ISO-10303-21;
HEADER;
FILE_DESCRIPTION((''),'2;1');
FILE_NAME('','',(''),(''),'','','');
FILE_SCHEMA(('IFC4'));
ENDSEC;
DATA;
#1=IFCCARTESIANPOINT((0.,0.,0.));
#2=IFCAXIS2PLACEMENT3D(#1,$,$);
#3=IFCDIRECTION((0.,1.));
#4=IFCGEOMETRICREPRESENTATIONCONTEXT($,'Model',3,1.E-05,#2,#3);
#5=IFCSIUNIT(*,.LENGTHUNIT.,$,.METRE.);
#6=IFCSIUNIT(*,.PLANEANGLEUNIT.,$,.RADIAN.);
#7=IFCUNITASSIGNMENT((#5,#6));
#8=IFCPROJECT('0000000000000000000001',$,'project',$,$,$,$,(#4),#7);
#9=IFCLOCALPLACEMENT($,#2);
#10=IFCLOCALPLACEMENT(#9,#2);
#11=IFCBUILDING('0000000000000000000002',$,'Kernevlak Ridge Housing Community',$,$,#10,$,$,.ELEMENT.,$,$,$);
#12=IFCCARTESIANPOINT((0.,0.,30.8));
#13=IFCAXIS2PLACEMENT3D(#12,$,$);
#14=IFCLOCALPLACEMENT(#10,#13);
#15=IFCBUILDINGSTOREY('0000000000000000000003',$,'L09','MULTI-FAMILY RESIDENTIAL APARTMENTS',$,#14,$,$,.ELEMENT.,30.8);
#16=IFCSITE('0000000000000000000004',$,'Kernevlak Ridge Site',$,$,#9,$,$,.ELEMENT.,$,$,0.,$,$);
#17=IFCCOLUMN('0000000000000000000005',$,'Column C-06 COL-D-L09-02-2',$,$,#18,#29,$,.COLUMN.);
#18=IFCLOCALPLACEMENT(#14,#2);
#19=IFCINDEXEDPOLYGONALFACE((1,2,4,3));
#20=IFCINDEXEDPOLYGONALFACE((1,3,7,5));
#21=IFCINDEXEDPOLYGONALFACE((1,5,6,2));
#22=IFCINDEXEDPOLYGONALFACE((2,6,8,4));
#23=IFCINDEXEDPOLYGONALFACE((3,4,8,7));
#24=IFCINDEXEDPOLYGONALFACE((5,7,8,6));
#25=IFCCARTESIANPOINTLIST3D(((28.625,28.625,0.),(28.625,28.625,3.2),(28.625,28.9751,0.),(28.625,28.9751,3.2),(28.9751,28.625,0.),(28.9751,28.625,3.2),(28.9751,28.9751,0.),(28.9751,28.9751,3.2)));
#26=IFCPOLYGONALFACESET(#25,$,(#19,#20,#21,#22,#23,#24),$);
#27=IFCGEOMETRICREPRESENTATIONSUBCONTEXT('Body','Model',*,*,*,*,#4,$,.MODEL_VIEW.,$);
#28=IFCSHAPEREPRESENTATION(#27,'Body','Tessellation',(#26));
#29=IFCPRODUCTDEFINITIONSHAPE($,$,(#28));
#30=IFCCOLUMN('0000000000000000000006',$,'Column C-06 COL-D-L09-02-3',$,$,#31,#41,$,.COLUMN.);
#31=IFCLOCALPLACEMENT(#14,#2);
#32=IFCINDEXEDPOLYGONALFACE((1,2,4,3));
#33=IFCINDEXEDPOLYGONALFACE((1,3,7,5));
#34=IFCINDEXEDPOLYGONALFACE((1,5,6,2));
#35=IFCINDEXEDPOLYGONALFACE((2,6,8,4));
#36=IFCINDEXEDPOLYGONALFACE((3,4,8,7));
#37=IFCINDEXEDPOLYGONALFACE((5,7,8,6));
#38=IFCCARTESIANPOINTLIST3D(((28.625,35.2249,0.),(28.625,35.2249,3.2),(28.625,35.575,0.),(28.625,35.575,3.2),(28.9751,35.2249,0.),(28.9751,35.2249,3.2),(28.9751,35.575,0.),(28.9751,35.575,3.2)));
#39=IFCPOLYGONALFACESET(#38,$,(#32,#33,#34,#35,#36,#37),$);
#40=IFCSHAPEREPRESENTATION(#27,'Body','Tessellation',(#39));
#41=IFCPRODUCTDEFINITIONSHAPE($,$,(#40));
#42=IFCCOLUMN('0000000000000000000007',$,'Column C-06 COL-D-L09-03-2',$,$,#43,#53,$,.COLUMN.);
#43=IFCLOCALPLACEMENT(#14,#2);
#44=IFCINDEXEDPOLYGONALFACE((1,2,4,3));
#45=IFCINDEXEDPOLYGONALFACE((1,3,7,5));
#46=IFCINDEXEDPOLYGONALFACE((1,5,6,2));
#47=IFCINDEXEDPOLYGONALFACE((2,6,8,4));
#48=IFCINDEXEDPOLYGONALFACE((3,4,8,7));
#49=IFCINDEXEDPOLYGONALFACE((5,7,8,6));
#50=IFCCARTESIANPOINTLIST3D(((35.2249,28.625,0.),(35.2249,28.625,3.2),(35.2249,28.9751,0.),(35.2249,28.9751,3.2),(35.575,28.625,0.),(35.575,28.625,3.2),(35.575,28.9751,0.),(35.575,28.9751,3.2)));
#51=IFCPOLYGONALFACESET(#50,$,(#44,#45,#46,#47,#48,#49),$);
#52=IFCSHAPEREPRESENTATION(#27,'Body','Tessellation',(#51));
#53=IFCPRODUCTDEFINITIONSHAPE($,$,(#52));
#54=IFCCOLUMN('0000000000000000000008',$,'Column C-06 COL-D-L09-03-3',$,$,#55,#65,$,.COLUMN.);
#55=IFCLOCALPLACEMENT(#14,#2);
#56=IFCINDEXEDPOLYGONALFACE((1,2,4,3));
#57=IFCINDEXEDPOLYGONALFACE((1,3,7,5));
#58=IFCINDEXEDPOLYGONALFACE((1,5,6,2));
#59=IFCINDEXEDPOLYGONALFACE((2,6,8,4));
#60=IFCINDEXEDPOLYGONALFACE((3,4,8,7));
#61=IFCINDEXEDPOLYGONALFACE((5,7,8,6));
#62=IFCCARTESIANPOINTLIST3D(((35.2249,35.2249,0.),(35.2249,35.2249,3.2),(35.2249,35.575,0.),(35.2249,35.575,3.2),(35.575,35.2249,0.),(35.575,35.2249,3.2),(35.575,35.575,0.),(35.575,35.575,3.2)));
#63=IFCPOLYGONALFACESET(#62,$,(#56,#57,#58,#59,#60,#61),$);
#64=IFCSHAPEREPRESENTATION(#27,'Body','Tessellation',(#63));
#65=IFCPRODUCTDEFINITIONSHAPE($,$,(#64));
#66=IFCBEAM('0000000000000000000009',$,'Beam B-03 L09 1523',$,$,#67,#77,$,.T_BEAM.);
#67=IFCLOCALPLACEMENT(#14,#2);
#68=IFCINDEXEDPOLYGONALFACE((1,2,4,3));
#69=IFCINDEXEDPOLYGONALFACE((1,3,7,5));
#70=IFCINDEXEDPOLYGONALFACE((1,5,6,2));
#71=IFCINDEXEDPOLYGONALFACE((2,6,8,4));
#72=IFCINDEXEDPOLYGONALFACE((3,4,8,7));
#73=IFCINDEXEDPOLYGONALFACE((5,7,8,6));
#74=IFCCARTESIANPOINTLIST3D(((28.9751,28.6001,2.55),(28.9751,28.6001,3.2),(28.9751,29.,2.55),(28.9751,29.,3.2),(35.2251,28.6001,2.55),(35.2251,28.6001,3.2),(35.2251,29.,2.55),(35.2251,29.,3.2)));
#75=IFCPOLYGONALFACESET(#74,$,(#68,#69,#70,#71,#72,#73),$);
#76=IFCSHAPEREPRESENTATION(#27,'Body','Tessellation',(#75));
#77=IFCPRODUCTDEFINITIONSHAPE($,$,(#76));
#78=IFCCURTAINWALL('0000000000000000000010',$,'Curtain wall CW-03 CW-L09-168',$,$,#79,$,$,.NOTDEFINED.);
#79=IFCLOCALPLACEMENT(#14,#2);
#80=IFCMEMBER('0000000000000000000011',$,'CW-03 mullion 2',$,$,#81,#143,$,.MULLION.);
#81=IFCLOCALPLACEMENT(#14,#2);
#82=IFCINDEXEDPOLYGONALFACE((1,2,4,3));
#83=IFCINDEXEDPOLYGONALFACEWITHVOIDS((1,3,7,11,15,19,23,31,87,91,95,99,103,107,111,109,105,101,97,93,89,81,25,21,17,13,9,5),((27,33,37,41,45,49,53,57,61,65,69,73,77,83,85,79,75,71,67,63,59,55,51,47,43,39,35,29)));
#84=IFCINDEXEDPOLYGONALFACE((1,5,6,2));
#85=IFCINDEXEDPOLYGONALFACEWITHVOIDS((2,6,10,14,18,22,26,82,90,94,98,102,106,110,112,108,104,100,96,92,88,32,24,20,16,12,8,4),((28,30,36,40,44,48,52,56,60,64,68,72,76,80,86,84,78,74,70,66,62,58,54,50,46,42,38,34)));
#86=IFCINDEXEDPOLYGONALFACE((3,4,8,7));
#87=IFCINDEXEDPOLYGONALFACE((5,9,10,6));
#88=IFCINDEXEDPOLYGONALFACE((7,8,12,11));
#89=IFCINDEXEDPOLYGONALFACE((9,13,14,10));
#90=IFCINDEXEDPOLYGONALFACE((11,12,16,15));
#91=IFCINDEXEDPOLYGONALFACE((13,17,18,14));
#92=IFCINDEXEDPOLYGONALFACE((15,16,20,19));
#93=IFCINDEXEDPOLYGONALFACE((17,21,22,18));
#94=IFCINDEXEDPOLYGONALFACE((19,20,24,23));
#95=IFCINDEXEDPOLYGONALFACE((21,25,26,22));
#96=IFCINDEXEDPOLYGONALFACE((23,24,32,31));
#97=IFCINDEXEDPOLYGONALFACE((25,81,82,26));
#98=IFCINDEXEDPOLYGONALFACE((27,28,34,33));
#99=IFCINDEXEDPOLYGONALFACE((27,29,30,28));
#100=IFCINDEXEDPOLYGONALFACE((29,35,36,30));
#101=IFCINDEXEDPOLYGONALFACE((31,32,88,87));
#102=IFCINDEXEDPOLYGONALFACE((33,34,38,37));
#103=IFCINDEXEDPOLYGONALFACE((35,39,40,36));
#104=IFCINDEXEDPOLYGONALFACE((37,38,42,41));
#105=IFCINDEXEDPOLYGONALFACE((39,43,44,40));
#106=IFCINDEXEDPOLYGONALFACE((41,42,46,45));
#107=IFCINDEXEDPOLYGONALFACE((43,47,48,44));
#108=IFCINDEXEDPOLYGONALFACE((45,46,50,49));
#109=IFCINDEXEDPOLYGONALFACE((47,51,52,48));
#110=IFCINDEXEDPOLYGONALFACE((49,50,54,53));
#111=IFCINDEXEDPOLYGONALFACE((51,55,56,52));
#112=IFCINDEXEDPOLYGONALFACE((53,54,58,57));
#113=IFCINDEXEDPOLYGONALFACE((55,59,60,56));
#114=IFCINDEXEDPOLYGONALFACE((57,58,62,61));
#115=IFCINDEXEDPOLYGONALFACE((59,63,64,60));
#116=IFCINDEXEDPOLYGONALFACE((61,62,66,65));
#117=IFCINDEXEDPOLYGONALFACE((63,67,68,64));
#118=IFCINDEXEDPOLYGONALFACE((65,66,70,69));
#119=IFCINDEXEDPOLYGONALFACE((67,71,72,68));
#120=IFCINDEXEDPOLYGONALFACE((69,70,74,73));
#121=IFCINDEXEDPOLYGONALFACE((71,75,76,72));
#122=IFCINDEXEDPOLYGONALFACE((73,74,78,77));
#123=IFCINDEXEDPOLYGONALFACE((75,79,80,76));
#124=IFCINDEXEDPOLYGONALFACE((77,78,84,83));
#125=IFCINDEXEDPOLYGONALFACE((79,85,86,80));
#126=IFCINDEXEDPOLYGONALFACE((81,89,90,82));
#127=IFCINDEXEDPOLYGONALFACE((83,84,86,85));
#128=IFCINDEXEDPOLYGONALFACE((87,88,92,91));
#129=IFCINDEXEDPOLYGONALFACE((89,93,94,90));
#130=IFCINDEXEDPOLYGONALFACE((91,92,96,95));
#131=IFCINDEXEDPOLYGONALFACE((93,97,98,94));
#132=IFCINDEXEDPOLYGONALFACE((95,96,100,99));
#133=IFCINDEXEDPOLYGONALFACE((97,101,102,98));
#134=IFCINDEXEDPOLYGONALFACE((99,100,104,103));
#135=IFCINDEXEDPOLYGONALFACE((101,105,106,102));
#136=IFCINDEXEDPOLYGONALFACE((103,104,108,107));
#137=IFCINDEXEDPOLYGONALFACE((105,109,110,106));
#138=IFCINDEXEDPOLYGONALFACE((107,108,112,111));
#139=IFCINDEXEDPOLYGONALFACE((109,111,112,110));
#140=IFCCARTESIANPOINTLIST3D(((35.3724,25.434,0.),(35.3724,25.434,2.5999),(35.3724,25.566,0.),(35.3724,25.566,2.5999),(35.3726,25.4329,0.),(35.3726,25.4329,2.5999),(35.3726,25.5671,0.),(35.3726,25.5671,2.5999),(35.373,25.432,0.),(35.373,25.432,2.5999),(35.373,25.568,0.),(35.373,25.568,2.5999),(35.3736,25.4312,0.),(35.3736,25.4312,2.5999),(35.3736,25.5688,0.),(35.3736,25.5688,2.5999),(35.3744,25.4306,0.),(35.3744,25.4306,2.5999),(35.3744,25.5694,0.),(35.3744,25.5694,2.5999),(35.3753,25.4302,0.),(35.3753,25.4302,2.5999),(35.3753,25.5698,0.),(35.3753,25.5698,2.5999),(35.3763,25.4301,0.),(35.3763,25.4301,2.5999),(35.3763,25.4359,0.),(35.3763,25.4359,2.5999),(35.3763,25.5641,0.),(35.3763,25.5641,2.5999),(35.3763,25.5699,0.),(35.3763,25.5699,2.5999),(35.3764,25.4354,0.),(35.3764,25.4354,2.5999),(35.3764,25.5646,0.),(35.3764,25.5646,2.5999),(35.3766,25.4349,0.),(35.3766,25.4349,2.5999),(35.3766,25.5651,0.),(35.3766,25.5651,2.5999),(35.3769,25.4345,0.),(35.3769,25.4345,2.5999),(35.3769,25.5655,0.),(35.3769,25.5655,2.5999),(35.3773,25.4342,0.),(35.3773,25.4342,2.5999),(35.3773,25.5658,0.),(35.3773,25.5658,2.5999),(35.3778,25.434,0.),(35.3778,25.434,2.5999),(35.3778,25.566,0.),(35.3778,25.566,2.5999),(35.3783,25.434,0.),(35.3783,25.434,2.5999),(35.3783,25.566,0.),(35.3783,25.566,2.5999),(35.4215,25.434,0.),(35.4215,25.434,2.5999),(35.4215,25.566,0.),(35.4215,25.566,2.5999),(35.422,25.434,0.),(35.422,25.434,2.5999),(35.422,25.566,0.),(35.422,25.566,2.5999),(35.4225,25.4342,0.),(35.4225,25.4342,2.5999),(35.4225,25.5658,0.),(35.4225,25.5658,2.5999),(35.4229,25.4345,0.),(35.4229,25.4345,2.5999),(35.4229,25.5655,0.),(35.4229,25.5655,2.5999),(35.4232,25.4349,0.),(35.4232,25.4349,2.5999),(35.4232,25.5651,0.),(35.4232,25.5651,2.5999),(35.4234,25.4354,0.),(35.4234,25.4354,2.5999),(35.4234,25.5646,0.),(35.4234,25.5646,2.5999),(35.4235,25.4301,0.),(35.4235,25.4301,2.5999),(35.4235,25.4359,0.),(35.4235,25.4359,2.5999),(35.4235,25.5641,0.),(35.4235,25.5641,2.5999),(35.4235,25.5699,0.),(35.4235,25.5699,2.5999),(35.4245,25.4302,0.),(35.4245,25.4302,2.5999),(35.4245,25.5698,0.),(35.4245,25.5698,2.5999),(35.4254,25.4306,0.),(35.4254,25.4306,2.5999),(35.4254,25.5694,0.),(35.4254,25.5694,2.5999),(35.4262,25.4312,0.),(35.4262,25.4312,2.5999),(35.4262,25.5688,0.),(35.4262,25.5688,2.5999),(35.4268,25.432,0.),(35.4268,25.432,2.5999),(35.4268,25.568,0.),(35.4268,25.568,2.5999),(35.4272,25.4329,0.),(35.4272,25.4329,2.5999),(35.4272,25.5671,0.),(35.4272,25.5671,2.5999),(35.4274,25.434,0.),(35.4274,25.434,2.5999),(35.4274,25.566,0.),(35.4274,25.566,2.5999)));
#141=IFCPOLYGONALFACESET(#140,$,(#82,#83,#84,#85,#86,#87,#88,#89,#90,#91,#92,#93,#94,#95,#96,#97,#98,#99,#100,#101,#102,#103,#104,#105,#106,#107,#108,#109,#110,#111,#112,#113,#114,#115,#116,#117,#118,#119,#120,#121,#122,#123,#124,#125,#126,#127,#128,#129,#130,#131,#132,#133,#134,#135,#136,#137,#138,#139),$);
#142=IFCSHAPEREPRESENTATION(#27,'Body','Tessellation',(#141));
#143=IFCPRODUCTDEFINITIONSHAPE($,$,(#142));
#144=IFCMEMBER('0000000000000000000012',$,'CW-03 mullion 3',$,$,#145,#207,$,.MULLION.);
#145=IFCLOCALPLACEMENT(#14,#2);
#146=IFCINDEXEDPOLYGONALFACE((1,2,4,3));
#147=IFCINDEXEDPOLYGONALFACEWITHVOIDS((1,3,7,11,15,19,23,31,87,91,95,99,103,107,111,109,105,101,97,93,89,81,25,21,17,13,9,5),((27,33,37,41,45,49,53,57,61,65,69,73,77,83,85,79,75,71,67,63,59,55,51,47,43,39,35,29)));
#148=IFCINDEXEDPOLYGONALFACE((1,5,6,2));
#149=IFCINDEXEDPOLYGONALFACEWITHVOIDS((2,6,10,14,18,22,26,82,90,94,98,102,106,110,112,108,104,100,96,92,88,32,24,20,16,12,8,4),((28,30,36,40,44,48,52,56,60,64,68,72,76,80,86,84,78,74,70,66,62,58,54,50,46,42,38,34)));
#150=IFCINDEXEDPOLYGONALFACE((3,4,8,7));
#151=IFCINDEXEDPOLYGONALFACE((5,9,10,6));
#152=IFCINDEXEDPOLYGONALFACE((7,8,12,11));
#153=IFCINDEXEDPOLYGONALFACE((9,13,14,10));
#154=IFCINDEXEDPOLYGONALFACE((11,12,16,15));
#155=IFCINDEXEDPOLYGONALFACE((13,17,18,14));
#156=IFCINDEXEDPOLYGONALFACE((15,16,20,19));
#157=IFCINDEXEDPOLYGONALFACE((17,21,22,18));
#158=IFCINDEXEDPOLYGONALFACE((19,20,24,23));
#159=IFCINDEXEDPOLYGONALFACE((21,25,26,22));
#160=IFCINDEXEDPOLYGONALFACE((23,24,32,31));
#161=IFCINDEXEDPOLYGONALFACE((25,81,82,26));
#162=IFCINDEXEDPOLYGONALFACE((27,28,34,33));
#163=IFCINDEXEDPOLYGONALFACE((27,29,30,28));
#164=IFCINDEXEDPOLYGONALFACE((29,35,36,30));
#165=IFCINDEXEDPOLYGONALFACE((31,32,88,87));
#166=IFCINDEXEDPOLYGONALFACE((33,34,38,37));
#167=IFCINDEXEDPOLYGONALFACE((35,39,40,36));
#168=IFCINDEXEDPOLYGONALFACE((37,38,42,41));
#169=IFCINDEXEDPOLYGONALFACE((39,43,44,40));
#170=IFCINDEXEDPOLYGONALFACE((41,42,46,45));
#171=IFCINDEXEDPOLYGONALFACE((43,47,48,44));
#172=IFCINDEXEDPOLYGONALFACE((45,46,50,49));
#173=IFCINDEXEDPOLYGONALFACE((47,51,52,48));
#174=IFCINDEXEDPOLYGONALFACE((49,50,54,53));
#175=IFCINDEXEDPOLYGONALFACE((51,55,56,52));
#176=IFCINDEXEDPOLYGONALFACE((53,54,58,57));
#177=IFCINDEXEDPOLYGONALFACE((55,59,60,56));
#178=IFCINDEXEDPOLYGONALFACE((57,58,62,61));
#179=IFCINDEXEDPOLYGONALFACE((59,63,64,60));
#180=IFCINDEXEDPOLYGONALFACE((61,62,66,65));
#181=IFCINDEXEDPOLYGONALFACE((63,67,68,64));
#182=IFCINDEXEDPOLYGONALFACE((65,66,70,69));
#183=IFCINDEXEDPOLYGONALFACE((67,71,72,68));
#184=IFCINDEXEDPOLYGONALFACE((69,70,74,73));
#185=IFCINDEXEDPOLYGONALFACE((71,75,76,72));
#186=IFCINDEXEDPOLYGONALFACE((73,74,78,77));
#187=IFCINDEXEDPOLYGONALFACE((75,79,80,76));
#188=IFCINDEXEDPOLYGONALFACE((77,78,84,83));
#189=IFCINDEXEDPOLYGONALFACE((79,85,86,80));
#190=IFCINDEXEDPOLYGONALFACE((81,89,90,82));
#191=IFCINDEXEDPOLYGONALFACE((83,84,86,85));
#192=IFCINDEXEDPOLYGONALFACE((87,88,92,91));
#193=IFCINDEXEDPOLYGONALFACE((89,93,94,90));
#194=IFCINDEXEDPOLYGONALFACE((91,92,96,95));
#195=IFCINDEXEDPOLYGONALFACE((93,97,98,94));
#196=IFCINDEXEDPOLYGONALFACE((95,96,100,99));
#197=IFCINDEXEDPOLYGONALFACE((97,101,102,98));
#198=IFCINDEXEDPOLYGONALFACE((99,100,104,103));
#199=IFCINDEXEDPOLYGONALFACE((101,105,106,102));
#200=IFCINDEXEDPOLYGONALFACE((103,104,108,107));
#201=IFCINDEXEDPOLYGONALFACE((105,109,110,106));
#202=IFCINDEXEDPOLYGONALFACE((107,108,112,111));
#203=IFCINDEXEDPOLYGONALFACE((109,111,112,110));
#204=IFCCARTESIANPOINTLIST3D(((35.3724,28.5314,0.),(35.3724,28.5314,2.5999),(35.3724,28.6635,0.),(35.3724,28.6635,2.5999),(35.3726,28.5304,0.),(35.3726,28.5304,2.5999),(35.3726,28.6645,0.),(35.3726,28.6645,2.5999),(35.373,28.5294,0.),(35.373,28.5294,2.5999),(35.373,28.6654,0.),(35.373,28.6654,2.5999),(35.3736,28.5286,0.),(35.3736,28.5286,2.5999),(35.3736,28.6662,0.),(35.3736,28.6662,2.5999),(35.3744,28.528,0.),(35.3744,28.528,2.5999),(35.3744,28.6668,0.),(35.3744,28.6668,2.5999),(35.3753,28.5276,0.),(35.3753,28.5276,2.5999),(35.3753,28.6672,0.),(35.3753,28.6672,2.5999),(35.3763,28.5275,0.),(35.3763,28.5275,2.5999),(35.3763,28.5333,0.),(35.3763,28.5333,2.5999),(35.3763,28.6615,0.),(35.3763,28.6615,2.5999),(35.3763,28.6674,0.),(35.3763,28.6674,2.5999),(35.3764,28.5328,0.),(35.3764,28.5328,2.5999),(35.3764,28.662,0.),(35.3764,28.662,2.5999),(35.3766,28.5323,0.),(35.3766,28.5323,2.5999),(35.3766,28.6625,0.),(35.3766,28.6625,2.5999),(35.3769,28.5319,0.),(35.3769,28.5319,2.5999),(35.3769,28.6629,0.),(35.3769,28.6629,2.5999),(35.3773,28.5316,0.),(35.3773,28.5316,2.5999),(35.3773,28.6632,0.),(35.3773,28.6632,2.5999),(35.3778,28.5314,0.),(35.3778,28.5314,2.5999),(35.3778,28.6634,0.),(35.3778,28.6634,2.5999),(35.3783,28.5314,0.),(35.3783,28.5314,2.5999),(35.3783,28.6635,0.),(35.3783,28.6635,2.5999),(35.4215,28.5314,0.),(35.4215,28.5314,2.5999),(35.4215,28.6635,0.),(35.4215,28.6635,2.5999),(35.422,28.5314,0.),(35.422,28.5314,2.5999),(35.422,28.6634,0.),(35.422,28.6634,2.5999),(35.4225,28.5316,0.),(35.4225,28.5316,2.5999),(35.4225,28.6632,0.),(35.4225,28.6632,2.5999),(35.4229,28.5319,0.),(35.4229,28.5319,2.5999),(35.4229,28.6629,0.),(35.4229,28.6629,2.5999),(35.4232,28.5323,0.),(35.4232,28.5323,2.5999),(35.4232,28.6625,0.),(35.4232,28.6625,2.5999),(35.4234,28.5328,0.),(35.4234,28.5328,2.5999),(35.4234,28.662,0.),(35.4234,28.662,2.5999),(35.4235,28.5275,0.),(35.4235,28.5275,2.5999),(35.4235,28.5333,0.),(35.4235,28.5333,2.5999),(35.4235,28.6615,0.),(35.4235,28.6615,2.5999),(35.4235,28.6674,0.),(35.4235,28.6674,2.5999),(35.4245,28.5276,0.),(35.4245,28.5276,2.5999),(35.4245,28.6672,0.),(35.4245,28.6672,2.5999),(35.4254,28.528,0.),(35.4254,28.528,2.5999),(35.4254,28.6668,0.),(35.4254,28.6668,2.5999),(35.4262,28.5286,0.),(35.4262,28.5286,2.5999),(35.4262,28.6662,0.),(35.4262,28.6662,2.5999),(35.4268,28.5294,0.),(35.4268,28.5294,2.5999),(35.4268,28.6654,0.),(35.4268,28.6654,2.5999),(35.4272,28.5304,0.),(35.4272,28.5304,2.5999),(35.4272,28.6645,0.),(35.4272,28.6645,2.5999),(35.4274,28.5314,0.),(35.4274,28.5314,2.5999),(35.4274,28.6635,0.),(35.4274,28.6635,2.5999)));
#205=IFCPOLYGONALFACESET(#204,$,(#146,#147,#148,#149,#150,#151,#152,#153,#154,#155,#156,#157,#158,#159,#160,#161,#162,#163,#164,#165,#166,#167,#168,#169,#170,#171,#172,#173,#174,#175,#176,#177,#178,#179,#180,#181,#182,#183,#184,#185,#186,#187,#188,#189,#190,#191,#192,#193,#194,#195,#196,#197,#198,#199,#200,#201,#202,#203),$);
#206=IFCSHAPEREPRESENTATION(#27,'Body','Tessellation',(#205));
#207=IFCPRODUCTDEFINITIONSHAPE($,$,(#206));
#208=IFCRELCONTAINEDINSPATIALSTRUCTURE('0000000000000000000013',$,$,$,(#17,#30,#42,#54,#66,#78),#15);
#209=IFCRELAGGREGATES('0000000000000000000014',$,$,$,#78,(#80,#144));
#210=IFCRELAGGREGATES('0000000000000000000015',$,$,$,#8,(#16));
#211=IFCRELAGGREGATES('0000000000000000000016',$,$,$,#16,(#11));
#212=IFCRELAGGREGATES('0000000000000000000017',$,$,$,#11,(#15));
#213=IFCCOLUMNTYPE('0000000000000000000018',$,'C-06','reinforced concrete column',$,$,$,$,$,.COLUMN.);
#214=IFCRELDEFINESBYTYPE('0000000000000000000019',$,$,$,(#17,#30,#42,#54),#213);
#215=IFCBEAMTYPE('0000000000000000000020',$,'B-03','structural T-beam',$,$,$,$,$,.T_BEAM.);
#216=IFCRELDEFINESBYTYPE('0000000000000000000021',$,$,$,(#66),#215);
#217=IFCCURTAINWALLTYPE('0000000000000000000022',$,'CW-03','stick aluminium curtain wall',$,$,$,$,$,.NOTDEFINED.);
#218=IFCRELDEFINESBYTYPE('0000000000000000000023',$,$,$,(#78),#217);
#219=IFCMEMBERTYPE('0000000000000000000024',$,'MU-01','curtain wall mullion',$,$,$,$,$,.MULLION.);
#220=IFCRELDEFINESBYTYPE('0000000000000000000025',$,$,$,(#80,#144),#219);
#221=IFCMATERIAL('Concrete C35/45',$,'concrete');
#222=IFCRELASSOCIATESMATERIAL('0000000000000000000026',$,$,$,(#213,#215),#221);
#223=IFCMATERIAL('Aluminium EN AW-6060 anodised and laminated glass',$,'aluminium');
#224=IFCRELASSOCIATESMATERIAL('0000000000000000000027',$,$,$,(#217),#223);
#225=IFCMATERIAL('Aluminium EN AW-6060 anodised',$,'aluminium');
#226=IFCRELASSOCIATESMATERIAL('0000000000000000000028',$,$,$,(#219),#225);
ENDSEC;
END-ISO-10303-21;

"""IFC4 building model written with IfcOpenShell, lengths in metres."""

from ifc_helpers import new_model, si_unit, direction, frame, origin, origin_2d, place, context, subcontext, project, spatial, rectangle, hollow_rectangle, extrude, material, material_profile, profile_set, type_object, element, aggregate, save


model = new_model("IFC4")

# Units and contexts
model_context = context("Model", 3, precision=1e-05, world=origin(), true_north=direction((0.0, 1.0)))
body_context = subcontext(model_context, "Body", "Model", "MODEL_VIEW")
ifc_project = project(units=[si_unit("LENGTHUNIT", "METRE"), si_unit("PLANEANGLEUNIT", "RADIAN")], contexts=[model_context])

# Site, building, storey
site_placement = place(None, origin())
site = spatial("IfcSite", under=ifc_project, at=site_placement, Name="Kernevlak Ridge Site", CompositionType="ELEMENT", RefElevation=0.0)
building_placement = place(site_placement, origin())
building = spatial("IfcBuilding", under=site, at=building_placement, Name="Kernevlak Ridge Housing Community", CompositionType="ELEMENT")
storey_placement = place(building_placement, frame((0.0, 0.0, 30.8)))
storey = spatial("IfcBuildingStorey", under=building, at=storey_placement, Name="L09", Description="MULTI-FAMILY RESIDENTIAL APARTMENTS", CompositionType="ELEMENT", Elevation=30.8)

# Columns
ifc_material_1 = material(Name="Concrete C35/45", Category="concrete")
ifc_material_profile_1 = material_profile(ifc_material_1, rectangle(XDim=0.3501, YDim=0.3501, at=origin_2d()), Name="RC 350x350")
ifc_profile_set_1 = profile_set([ifc_material_profile_1], Name="Concrete C35/45")
column_type = type_object("IfcColumnType", Name="C-06", Description="reinforced concrete column", PredefinedType="COLUMN", material=ifc_profile_set_1)
for number, where, z_axis, x_axis, name in (
    (1, (28.8, 28.8, 0.0), (0.0, 0.0, 1.0), (1.0, 0.0, 0.0), "Column C-06 COL-D-L09-02-2"),
    (2, (28.8, 35.3999, 0.0), (0.0, 0.0, 1.0), (1.0, 0.0, 0.0), "Column C-06 COL-D-L09-02-3"),
    (3, (35.3999, 28.8, 0.0), (0.0, 0.0, 1.0), (1.0, 0.0, 0.0), "Column C-06 COL-D-L09-03-2"),
    (4, (35.3999, 35.3999, 0.0), (0.0, 0.0, 1.0), (1.0, 0.0, 0.0), "Column C-06 COL-D-L09-03-3"),
):
    element("IfcColumn", number, at=place(storey_placement, frame(where, z_axis=z_axis, x_axis=x_axis)), inside=storey, type_object=column_type, Name=name, PredefinedType="COLUMN", context=body_context, shape_type="SweptSolid", body=[
        extrude(rectangle(XDim=0.3501, YDim=0.3501, at=origin_2d()), origin(), (0.0, 0.0, 1.0), 3.2),
    ])

# Beam
ifc_material_profile_2 = material_profile(ifc_material_1, rectangle(XDim=0.3999, YDim=0.6499, at=origin_2d()), Name="RC 400x650")
ifc_profile_set_2 = profile_set([ifc_material_profile_2], Name="Concrete C35/45")
beam_type_1 = type_object("IfcBeamType", Name="B-03", Description="structural T-beam", PredefinedType="T_BEAM", material=ifc_profile_set_2)
beam_1_placement = place(storey_placement, frame((28.9751, 28.8, 2.875), z_axis=(1.0, 0.0, 0.0), x_axis=(0.0, 1.0, 0.0)))
element("IfcBeam", 5, at=beam_1_placement, inside=storey, type_object=beam_type_1, Name="Beam B-03 L09 1523", PredefinedType="T_BEAM", context=body_context, shape_type="SweptSolid", body=[
    extrude(rectangle(XDim=0.3999, YDim=0.6499, at=origin_2d()), origin(), (0.0, 0.0, 1.0), 6.25),
])

# Curtain wall, members
ifc_material_2 = material(Name="Aluminium EN AW-6060 anodised and laminated glass", Category="aluminium")
curtain_wall_type = type_object("IfcCurtainWallType", Name="CW-03", Description="stick aluminium curtain wall", PredefinedType="NOTDEFINED", material=ifc_material_2)
curtain_wall_placement = place(storey_placement, origin())
curtain_wall = element("IfcCurtainWall", 6, at=curtain_wall_placement, inside=storey, type_object=curtain_wall_type, Name="Curtain wall CW-03 CW-L09-168", PredefinedType="NOTDEFINED")
ifc_material_3 = material(Name="Aluminium EN AW-6060 anodised", Category="aluminium")
ifc_material_profile_3 = material_profile(ifc_material_3, hollow_rectangle(XDim=0.0549, YDim=0.1399, WallThickness=0.0039, InnerFilletRadius=0.002, OuterFilletRadius=0.0039, at=origin_2d()), Name="ALU 55x140x4")
ifc_profile_set_3 = profile_set([ifc_material_profile_3], Name="Aluminium EN AW-6060 anodised")
member_type = type_object("IfcMemberType", Name="MU-01", Description="curtain wall mullion", PredefinedType="MULLION", material=ifc_profile_set_3)
member_1_placement = place(storey_placement, frame((35.3999, 25.5, 0.0), z_axis=(0.0, 0.0, 1.0), x_axis=(-1.0, 0.0, 0.0)))
member_1 = element("IfcMember", 7, at=member_1_placement, type_object=member_type, Name="CW-03 mullion 2", PredefinedType="MULLION", context=body_context, shape_type="SweptSolid", body=[
    extrude(hollow_rectangle(XDim=0.0549, YDim=0.1399, WallThickness=0.0039, InnerFilletRadius=0.002, OuterFilletRadius=0.0039, at=origin_2d()), origin(), (0.0, 0.0, 1.0), 2.5999),
])
member_2_placement = place(storey_placement, frame((35.3999, 28.5974, 0.0), z_axis=(0.0, 0.0, 1.0), x_axis=(-1.0, 0.0, 0.0)))
member_2 = element("IfcMember", 8, at=member_2_placement, type_object=member_type, Name="CW-03 mullion 3", PredefinedType="MULLION", context=body_context, shape_type="SweptSolid", body=[
    extrude(hollow_rectangle(XDim=0.0549, YDim=0.1399, WallThickness=0.0039, InnerFilletRadius=0.002, OuterFilletRadius=0.0039, at=origin_2d()), origin(), (0.0, 0.0, 1.0), 2.5999),
])
aggregate(curtain_wall, [member_1, member_2])

save(model, "model.ifc")
